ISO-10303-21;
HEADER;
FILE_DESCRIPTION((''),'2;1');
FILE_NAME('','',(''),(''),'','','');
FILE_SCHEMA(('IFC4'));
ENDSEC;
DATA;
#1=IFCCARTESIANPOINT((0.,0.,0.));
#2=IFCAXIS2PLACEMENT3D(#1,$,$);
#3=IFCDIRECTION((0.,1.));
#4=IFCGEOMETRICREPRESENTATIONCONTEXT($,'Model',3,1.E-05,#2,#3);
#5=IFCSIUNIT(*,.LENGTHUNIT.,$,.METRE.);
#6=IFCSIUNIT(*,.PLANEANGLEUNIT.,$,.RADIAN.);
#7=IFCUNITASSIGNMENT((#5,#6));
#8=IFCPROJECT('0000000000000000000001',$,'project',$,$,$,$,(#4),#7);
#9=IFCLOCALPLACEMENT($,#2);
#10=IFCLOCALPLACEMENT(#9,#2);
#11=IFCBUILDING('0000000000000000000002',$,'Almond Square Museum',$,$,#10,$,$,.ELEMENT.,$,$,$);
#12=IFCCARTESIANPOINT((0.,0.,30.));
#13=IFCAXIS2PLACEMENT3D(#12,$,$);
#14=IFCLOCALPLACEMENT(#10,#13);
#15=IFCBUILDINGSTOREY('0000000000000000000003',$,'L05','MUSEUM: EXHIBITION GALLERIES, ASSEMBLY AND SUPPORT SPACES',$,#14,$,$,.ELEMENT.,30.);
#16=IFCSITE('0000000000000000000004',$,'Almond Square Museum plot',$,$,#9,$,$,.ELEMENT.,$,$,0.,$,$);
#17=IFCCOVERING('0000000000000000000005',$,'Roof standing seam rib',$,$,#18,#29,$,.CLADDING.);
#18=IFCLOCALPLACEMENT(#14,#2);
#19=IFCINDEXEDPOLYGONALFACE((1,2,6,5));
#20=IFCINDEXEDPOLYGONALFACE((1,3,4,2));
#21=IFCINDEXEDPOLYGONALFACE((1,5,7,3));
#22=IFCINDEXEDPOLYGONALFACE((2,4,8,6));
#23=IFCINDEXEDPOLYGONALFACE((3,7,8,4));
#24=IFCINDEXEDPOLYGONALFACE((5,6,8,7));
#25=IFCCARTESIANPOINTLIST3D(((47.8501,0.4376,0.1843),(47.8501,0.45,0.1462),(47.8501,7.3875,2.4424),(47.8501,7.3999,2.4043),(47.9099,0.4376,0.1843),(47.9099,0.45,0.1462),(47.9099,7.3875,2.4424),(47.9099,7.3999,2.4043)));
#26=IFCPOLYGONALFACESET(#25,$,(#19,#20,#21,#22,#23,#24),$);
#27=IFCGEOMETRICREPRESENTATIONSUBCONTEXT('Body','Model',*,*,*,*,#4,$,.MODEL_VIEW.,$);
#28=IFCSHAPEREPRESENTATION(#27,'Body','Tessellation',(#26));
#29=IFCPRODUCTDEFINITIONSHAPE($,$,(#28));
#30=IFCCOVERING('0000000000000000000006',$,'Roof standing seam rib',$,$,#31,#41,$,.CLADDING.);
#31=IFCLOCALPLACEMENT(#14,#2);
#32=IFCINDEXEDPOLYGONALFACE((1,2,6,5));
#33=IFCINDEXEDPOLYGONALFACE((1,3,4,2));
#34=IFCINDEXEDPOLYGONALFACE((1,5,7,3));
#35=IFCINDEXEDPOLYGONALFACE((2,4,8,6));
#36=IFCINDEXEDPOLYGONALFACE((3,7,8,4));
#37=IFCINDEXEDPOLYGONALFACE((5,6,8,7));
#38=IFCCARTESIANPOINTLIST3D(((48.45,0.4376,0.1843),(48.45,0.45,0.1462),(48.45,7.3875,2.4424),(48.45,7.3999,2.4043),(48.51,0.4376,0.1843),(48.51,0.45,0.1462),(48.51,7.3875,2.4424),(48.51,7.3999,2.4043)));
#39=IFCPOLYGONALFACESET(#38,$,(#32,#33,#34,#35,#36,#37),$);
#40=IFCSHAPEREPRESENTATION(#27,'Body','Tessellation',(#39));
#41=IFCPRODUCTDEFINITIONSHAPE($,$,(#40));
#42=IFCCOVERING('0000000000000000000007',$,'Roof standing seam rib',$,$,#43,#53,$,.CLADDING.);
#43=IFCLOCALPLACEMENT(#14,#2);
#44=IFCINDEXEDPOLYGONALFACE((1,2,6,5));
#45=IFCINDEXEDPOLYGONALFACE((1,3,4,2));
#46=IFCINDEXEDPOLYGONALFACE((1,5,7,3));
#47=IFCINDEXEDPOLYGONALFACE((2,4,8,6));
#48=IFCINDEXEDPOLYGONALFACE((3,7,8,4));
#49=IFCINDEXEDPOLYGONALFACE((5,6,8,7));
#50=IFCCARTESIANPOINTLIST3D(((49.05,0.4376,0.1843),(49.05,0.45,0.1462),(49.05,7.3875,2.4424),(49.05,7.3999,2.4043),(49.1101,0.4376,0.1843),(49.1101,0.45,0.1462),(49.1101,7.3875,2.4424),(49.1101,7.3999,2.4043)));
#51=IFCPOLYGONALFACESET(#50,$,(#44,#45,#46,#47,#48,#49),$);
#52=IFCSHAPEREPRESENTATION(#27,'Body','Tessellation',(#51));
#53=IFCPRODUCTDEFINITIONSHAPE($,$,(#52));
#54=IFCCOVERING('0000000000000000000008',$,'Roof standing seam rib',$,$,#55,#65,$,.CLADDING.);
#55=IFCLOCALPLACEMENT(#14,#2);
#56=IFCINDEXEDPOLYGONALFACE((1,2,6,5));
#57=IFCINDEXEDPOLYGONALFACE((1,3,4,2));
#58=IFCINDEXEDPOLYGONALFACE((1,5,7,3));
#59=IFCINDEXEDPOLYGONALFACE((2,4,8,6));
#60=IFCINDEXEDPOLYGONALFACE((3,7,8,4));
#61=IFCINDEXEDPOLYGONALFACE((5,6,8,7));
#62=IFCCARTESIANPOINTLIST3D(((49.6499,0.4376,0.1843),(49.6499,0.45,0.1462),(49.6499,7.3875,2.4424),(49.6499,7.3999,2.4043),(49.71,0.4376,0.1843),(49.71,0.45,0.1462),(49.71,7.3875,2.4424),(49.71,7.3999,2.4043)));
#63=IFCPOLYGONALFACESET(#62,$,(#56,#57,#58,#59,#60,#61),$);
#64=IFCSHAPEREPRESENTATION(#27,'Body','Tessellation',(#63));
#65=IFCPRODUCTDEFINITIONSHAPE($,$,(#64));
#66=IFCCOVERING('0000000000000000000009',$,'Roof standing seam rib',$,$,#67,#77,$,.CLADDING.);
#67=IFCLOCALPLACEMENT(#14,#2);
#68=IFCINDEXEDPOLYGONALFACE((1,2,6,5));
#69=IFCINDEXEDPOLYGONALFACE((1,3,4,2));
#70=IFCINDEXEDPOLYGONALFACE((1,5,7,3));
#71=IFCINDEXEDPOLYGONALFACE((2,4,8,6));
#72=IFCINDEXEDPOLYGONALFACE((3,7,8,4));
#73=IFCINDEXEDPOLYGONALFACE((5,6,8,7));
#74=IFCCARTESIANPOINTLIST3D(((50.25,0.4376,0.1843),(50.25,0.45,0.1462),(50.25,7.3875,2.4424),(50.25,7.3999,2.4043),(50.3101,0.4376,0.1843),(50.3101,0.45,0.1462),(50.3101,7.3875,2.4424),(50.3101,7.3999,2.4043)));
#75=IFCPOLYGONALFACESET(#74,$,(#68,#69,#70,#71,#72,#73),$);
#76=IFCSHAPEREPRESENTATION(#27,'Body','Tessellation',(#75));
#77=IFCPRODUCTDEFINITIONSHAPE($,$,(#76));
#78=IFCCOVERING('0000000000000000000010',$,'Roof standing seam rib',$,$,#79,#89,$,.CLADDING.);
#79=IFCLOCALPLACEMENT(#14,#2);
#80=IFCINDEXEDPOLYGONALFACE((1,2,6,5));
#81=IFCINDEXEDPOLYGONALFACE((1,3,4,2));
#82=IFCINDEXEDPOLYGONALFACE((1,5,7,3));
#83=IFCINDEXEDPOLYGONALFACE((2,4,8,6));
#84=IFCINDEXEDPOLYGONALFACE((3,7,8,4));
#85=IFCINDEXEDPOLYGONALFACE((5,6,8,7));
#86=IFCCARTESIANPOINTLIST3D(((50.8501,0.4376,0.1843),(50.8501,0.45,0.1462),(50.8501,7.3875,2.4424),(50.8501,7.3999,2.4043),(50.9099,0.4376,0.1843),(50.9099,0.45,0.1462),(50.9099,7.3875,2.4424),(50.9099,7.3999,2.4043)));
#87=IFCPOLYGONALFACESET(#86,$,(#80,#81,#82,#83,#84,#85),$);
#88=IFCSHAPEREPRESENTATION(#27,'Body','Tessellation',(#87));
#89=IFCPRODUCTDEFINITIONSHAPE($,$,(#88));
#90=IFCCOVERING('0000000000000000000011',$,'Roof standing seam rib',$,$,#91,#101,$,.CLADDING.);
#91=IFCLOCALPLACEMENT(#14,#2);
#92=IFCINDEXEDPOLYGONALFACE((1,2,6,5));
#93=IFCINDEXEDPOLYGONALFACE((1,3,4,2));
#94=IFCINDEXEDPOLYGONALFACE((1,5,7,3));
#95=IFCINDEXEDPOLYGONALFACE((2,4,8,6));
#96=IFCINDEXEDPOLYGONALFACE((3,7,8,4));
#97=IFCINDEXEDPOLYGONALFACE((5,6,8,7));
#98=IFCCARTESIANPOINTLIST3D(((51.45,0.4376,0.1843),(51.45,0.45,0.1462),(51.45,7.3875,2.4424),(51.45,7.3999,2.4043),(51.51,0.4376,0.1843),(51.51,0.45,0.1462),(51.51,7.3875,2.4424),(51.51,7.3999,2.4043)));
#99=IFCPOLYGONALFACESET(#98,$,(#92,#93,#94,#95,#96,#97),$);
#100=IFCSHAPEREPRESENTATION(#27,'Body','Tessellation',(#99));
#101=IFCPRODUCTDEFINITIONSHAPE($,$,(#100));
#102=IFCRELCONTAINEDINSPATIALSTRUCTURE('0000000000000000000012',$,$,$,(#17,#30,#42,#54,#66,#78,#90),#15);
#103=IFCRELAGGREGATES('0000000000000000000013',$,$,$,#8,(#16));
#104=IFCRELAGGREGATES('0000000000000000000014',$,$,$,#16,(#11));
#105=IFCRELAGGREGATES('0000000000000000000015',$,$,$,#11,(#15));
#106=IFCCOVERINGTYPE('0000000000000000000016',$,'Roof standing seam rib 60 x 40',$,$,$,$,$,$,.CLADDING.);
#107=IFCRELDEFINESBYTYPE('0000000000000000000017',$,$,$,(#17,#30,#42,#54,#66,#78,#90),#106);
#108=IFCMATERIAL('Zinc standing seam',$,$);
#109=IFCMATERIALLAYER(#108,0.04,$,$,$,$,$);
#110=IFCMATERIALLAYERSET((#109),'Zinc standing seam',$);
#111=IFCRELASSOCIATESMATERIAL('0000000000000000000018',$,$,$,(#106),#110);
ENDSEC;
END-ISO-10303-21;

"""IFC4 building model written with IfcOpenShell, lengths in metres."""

from ifc_helpers import new_model, si_unit, direction, frame, origin, place, context, subcontext, project, spatial, polyline, outline, extrude, material, layer, layer_set, type_object, element, save


model = new_model("IFC4")

# Units and contexts
model_context = context("Model", 3, precision=1e-05, world=origin(), true_north=direction((0.0, 1.0)))
body_context = subcontext(model_context, "Body", "Model", "MODEL_VIEW")
ifc_project = project(units=[si_unit("LENGTHUNIT", "METRE"), si_unit("PLANEANGLEUNIT", "RADIAN")], contexts=[model_context])

# Site, building, storey
site_placement = place(None, origin())
site = spatial("IfcSite", under=ifc_project, at=site_placement, Name="Almond Square Museum plot", CompositionType="ELEMENT", RefElevation=0.0)
building_placement = place(site_placement, origin())
building = spatial("IfcBuilding", under=site, at=building_placement, Name="Almond Square Museum", CompositionType="ELEMENT")
storey_placement = place(building_placement, frame((0.0, 0.0, 30.0)))
storey = spatial("IfcBuildingStorey", under=building, at=storey_placement, Name="L05", Description="MUSEUM: EXHIBITION GALLERIES, ASSEMBLY AND SUPPORT SPACES", CompositionType="ELEMENT", Elevation=30.0)

# Coverings
ifc_material = material(Name="Zinc standing seam")
ifc_layer = layer(ifc_material, 0.04)
ifc_layer_set = layer_set([ifc_layer], Name="Zinc standing seam")
covering_type = type_object("IfcCoveringType", Name="Roof standing seam rib 60 x 40", PredefinedType="CLADDING", material=ifc_layer_set)
covering_1_placement = place(storey_placement, frame((47.8501, 0.45, 0.1462), z_axis=(0.0, -0.309002, 0.951061), x_axis=(1.0, 0.0, 0.0)))
element("IfcCovering", 1, at=covering_1_placement, inside=storey, type_object=covering_type, Name="Roof standing seam rib", PredefinedType="CLADDING", context=body_context, shape_type="SweptSolid", body=[
    extrude(outline(polyline([(0.0, 0.0), (0.0598, 0.0), (0.0598, 7.3076), (0.0, 7.3076), (0.0, 0.0)])), origin(), (0.0, 0.0, 1.0), 0.04),
])
for number, where, z_axis, x_axis, name in (
    (2, (48.45, 0.45, 0.1462), (0.0, -0.309002, 0.951061), (1.0, 0.0, 0.0), "Roof standing seam rib"),
    (3, (49.05, 0.45, 0.1462), (0.0, -0.309002, 0.951061), (1.0, 0.0, 0.0), "Roof standing seam rib"),
    (4, (49.6499, 0.45, 0.1462), (0.0, -0.309002, 0.951061), (1.0, 0.0, 0.0), "Roof standing seam rib"),
    (5, (50.25, 0.45, 0.1462), (0.0, -0.309002, 0.951061), (1.0, 0.0, 0.0), "Roof standing seam rib"),
):
    element("IfcCovering", number, at=place(storey_placement, frame(where, z_axis=z_axis, x_axis=x_axis)), inside=storey, type_object=covering_type, Name=name, PredefinedType="CLADDING", context=body_context, shape_type="SweptSolid", body=[
        extrude(outline(polyline([(0.0, 0.0), (0.0601, 0.0), (0.0601, 7.3076), (0.0, 7.3076), (0.0, 0.0)])), origin(), (0.0, 0.0, 1.0), 0.04),
    ])
covering_2_placement = place(storey_placement, frame((50.8501, 0.45, 0.1462), z_axis=(0.0, -0.309002, 0.951061), x_axis=(1.0, 0.0, 0.0)))
element("IfcCovering", 6, at=covering_2_placement, inside=storey, type_object=covering_type, Name="Roof standing seam rib", PredefinedType="CLADDING", context=body_context, shape_type="SweptSolid", body=[
    extrude(outline(polyline([(0.0, 0.0), (0.0598, 0.0), (0.0598, 7.3076), (0.0, 7.3076), (0.0, 0.0)])), origin(), (0.0, 0.0, 1.0), 0.04),
])
covering_3_placement = place(storey_placement, frame((51.45, 0.45, 0.1462), z_axis=(0.0, -0.309002, 0.951061), x_axis=(1.0, 0.0, 0.0)))
element("IfcCovering", 7, at=covering_3_placement, inside=storey, type_object=covering_type, Name="Roof standing seam rib", PredefinedType="CLADDING", context=body_context, shape_type="SweptSolid", body=[
    extrude(outline(polyline([(0.0, 0.0), (0.0601, 0.0), (0.0601, 7.3076), (0.0, 7.3076), (0.0, 0.0)])), origin(), (0.0, 0.0, 1.0), 0.04),
])

save(model, "model.ifc")
